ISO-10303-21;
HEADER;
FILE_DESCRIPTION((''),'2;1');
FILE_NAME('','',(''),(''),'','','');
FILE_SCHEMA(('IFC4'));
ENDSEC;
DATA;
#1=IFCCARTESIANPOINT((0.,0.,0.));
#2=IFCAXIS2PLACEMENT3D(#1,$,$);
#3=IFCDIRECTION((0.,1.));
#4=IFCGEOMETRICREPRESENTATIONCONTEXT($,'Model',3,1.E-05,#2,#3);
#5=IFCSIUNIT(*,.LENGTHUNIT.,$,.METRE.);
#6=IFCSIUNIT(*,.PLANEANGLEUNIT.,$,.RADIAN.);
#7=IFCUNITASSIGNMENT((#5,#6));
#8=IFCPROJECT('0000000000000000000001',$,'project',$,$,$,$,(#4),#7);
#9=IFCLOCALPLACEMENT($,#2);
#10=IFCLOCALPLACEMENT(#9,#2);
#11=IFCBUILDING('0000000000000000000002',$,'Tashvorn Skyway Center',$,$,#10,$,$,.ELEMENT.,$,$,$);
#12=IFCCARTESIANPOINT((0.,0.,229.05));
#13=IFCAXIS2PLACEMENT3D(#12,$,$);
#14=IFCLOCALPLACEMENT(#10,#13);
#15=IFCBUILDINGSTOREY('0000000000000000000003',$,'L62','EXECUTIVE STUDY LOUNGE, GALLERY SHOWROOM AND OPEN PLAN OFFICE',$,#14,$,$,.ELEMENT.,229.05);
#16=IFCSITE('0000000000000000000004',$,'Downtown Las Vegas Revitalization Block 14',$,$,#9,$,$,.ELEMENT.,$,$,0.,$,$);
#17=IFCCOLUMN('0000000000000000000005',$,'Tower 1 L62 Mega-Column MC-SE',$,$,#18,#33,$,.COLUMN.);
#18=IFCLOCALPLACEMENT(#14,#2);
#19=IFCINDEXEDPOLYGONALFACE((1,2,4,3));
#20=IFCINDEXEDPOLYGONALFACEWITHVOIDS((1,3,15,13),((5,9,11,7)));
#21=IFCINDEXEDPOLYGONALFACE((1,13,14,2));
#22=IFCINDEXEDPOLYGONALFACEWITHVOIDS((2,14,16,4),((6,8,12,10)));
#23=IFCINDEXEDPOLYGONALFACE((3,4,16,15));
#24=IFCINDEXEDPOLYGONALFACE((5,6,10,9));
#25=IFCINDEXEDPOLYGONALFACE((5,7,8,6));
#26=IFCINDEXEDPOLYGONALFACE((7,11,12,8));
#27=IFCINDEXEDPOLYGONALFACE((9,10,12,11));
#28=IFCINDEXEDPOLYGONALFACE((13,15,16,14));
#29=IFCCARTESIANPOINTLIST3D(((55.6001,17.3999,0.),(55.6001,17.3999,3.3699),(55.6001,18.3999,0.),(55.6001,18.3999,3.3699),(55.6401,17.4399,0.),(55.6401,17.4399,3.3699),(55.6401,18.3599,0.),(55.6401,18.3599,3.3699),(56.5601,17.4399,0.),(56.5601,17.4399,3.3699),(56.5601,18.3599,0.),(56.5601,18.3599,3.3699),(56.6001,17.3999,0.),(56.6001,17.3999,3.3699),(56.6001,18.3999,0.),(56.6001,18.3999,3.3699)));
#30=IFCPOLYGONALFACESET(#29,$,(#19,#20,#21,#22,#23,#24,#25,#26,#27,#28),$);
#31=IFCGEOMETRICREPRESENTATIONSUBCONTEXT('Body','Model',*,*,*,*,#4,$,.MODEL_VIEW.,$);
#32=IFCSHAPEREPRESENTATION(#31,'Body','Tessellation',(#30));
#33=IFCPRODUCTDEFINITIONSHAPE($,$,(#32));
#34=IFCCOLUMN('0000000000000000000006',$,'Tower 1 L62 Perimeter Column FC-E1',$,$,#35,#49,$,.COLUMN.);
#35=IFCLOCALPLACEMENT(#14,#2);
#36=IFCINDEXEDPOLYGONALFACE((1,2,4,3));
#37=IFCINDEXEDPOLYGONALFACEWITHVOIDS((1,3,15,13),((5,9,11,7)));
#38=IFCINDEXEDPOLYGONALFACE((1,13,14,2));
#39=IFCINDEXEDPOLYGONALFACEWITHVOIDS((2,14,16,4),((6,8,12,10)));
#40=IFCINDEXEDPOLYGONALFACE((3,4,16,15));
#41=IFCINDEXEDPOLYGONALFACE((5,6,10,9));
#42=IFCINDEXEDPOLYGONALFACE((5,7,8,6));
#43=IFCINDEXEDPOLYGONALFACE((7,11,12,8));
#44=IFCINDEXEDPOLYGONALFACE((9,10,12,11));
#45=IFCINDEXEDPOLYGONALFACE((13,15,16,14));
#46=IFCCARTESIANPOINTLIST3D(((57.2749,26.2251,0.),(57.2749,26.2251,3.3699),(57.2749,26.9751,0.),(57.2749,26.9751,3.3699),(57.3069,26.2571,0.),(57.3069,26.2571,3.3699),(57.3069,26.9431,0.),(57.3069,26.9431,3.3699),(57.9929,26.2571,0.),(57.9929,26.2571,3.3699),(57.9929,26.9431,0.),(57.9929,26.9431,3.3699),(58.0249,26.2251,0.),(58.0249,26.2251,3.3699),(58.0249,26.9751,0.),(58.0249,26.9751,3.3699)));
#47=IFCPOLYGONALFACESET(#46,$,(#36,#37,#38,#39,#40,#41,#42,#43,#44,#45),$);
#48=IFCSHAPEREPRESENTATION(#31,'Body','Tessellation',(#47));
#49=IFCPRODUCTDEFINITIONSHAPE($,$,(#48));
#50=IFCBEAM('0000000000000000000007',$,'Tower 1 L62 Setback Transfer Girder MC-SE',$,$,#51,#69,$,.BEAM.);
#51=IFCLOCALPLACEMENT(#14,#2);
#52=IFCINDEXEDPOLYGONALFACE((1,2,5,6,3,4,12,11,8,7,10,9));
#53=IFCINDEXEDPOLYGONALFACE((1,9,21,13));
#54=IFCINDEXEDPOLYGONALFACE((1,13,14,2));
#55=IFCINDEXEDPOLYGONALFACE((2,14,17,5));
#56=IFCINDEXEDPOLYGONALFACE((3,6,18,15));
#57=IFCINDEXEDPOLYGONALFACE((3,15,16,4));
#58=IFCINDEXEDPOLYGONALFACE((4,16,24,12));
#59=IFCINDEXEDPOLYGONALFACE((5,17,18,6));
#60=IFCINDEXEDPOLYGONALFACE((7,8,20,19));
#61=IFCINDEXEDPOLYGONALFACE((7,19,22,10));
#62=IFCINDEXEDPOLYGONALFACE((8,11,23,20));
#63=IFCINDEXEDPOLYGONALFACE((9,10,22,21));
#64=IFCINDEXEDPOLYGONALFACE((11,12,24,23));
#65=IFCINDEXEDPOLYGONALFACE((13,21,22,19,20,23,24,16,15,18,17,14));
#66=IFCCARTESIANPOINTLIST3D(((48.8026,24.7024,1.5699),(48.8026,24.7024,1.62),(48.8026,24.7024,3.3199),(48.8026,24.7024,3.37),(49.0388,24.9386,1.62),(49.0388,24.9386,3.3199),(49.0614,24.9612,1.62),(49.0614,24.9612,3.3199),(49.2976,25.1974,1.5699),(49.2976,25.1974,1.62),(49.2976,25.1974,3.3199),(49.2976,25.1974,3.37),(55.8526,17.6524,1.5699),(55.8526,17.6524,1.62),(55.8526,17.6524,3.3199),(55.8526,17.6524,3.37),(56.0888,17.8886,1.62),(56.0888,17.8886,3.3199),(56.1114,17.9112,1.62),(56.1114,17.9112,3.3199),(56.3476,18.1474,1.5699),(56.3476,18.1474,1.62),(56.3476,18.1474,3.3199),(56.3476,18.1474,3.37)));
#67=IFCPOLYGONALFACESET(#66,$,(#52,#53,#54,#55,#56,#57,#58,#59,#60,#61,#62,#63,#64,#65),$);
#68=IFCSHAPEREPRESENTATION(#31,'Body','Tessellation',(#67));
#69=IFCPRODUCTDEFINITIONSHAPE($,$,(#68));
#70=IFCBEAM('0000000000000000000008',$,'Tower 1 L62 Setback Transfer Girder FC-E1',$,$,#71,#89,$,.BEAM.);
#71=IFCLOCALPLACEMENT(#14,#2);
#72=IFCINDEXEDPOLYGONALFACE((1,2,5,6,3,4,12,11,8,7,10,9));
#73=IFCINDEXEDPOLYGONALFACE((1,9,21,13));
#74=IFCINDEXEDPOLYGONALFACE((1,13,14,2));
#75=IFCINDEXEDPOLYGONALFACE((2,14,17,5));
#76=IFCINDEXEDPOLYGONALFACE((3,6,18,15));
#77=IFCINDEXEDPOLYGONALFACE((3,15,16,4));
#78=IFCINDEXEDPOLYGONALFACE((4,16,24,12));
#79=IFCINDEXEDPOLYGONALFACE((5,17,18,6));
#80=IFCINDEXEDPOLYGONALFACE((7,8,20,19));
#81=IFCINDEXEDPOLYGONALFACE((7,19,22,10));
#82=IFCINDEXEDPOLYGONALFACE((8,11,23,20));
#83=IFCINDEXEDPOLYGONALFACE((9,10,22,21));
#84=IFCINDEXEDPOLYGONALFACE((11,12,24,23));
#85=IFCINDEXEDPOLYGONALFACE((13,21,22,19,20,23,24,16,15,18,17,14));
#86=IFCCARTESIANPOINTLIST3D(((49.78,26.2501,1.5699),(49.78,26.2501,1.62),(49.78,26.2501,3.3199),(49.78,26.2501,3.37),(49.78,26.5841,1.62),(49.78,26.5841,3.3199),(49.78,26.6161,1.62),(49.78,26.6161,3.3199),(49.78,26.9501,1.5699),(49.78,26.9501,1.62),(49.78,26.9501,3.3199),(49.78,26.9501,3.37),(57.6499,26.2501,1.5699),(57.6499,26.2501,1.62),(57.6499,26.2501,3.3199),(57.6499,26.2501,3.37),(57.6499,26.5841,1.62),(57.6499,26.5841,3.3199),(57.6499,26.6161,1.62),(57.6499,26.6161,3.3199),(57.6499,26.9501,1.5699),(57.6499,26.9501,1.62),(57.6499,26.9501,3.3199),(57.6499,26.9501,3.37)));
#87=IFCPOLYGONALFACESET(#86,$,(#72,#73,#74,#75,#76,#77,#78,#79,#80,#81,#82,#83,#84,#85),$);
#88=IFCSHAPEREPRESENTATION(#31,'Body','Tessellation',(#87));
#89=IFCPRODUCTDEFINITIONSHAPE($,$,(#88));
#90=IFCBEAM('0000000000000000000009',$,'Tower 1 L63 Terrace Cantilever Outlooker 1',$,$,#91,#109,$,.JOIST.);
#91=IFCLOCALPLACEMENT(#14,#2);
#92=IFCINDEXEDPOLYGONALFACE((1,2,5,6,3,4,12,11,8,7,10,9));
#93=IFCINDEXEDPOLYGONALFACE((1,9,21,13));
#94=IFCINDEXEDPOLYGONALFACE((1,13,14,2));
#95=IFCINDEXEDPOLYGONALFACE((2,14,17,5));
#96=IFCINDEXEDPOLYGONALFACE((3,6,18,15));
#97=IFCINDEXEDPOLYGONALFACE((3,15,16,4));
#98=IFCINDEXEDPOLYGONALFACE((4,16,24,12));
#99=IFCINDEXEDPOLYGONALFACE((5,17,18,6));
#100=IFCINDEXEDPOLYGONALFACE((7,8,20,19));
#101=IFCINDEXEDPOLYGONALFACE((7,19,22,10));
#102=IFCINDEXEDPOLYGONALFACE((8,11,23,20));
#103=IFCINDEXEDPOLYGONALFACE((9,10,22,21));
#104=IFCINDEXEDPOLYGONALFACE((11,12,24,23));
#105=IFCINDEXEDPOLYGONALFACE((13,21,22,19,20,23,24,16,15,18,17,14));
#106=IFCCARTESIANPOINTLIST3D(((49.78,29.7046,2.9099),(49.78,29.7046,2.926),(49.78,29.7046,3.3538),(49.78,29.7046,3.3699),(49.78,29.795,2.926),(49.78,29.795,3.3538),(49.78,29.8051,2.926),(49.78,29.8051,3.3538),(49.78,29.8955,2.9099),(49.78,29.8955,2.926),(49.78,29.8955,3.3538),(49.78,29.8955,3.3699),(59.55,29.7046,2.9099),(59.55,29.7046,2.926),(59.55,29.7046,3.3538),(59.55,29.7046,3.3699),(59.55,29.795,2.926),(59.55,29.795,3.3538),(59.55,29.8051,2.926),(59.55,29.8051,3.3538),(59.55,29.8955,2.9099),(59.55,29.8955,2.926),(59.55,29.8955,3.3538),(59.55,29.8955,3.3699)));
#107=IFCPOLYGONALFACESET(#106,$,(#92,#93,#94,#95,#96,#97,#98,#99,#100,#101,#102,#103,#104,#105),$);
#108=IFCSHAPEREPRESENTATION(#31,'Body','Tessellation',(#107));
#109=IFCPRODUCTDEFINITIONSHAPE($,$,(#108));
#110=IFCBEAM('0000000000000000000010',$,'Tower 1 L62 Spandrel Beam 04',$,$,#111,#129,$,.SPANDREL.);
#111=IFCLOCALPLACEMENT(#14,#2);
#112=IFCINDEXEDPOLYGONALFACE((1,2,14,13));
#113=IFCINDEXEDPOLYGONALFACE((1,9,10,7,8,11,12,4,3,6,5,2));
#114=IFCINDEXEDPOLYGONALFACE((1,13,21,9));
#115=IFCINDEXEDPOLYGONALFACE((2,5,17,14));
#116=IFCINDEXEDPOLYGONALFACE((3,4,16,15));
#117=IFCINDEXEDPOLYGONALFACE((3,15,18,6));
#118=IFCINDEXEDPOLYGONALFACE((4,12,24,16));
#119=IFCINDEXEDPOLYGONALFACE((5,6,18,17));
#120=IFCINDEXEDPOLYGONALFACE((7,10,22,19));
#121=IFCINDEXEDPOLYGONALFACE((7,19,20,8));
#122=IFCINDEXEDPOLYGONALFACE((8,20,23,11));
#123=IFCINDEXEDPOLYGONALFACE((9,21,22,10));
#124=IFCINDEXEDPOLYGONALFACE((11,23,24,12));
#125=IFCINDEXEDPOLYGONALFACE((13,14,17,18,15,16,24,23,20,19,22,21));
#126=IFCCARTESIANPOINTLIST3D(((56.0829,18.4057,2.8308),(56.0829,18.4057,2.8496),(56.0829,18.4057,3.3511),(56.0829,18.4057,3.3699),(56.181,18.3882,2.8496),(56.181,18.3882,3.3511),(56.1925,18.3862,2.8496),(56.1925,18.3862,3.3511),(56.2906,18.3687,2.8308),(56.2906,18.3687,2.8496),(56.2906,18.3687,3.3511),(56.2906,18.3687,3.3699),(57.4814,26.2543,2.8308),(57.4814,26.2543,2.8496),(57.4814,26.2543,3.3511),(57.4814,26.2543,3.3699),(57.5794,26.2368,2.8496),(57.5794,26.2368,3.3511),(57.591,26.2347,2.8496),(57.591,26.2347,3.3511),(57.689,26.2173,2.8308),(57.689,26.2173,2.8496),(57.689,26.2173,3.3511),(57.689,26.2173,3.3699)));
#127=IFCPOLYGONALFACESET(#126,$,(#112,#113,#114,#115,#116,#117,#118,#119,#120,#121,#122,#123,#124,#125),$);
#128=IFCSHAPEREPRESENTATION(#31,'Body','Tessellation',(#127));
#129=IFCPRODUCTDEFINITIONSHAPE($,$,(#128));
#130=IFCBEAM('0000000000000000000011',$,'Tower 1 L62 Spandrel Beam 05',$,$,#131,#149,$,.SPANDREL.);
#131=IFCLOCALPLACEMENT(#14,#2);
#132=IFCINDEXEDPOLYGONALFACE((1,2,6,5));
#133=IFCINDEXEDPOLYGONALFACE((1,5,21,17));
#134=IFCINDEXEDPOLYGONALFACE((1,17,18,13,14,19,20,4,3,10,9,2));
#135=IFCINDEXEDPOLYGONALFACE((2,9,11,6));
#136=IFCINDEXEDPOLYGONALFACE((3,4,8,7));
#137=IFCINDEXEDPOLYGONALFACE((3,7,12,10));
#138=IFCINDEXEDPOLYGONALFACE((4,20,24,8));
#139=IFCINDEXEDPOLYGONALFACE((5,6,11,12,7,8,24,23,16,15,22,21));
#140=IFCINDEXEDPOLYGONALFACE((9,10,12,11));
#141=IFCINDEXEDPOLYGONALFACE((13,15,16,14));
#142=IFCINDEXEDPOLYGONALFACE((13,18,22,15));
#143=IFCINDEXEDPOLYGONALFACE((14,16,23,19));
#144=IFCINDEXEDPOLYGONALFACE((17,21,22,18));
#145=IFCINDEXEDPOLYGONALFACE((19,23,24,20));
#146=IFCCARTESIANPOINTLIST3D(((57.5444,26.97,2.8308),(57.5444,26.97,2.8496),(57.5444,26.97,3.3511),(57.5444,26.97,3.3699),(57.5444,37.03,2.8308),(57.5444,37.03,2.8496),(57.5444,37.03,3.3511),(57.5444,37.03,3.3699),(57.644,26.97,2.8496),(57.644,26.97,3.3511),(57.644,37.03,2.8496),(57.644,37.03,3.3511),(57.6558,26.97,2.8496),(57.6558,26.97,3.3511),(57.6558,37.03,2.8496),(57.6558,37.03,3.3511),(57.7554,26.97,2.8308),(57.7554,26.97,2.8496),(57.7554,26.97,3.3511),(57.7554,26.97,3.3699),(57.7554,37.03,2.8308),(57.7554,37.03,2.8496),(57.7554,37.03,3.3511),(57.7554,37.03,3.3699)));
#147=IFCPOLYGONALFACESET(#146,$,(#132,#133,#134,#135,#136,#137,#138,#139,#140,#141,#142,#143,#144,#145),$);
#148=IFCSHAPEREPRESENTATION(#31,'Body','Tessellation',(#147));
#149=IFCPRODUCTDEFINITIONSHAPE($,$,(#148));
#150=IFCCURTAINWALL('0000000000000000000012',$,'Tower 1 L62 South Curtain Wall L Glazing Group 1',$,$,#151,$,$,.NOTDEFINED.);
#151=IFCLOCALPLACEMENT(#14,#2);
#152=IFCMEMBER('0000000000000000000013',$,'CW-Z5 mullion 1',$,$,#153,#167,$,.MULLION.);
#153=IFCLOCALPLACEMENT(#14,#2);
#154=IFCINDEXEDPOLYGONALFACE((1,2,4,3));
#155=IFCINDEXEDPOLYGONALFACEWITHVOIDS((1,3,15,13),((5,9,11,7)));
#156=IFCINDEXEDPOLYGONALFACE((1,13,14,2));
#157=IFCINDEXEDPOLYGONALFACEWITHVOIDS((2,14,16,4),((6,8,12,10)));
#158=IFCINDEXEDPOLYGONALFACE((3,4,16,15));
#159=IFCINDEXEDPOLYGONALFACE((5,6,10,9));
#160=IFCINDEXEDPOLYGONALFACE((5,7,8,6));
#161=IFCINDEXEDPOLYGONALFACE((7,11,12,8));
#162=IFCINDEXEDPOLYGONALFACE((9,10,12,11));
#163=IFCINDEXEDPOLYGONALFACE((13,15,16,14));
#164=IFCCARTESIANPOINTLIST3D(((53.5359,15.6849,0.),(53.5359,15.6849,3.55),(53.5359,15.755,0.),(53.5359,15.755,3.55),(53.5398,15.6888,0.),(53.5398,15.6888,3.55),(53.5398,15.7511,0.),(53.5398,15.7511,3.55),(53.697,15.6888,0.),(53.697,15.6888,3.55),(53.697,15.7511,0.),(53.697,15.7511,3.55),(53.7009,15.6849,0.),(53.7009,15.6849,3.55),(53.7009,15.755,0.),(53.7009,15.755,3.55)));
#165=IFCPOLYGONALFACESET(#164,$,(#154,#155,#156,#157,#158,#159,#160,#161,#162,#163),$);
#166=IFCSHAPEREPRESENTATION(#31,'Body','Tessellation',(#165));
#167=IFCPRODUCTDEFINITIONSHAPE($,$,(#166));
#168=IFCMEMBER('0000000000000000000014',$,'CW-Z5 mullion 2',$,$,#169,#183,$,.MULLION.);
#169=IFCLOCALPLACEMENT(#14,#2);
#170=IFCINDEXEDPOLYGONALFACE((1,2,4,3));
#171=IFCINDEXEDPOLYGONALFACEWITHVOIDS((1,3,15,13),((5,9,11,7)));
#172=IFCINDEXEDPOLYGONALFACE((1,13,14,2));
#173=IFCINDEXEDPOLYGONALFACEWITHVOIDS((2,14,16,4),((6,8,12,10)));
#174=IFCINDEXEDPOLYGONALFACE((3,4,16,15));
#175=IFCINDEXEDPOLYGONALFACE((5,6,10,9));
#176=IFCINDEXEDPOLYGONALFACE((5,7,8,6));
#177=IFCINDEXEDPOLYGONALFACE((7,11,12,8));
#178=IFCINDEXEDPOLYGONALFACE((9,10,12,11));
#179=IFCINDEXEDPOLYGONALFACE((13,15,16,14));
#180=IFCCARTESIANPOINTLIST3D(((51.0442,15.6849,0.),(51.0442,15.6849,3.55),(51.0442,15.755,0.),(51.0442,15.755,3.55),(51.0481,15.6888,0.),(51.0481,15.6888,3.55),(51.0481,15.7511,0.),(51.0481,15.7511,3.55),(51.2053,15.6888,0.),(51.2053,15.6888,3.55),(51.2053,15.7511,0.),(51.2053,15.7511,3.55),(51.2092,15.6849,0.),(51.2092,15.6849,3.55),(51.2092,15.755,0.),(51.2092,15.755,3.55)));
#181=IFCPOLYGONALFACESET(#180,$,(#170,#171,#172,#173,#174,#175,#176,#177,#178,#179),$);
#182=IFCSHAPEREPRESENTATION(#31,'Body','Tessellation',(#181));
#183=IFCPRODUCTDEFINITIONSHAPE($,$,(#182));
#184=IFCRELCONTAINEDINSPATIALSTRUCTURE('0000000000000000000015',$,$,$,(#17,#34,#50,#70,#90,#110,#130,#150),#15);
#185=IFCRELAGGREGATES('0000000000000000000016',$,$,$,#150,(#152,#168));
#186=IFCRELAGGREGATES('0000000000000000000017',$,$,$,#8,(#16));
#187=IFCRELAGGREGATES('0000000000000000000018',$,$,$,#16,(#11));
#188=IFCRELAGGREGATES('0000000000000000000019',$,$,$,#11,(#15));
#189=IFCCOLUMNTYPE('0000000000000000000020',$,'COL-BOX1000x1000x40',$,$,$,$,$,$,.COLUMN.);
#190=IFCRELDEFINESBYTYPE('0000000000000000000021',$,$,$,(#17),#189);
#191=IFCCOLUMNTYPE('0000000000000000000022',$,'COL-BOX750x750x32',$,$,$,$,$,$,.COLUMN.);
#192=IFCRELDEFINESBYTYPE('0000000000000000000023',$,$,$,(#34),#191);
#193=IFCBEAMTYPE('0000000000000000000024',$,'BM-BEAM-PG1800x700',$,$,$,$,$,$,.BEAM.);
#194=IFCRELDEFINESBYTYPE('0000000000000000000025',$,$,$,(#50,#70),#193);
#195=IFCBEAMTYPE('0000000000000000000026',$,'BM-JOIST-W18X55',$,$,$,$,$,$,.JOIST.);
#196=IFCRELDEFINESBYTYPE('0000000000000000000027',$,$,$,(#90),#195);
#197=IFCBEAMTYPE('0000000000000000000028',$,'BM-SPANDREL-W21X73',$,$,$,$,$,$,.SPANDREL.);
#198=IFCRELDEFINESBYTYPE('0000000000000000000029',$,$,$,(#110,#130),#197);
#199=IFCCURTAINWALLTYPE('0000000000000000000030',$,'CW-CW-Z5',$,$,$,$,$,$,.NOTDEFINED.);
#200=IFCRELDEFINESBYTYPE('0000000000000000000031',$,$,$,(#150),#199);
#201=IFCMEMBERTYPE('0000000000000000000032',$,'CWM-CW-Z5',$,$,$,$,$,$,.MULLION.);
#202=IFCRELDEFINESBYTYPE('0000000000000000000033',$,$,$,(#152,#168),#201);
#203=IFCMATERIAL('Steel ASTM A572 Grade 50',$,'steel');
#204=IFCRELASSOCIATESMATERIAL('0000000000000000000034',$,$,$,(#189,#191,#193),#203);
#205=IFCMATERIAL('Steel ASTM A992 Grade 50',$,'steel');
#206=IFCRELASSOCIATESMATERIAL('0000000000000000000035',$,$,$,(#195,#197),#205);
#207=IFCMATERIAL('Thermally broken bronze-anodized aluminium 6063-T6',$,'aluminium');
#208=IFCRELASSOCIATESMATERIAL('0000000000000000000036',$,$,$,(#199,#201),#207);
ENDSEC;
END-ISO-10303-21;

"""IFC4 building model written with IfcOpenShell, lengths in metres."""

from ifc_helpers import new_model, si_unit, direction, frame, origin, origin_2d, place, context, subcontext, project, spatial, hollow_rectangle, i_section, extrude, material, material_profile, profile_set, type_object, element, aggregate, save


model = new_model("IFC4")

# Units and contexts
model_context = context("Model", 3, precision=1e-05, world=origin(), true_north=direction((0.0, 1.0)))
body_context = subcontext(model_context, "Body", "Model", "MODEL_VIEW")
ifc_project = project(units=[si_unit("LENGTHUNIT", "METRE"), si_unit("PLANEANGLEUNIT", "RADIAN")], contexts=[model_context])

# Site, building, storey
site_placement = place(None, origin())
site = spatial("IfcSite", under=ifc_project, at=site_placement, Name="Downtown Las Vegas Revitalization Block 14", CompositionType="ELEMENT", RefElevation=0.0)
building_placement = place(site_placement, origin())
building = spatial("IfcBuilding", under=site, at=building_placement, Name="Tashvorn Skyway Center", CompositionType="ELEMENT")
storey_placement = place(building_placement, frame((0.0, 0.0, 229.05)))
storey = spatial("IfcBuildingStorey", under=building, at=storey_placement, Name="L62", Description="EXECUTIVE STUDY LOUNGE, GALLERY SHOWROOM AND OPEN PLAN OFFICE", CompositionType="ELEMENT", Elevation=229.05)

# Columns
ifc_material_1 = material(Name="Steel ASTM A572 Grade 50", Category="steel")
ifc_material_profile_1 = material_profile(ifc_material_1, hollow_rectangle(XDim=1.0, YDim=1.0, WallThickness=0.04, at=origin_2d()), Name="BOX1000x1000x40")
ifc_profile_set_1 = profile_set([ifc_material_profile_1], Name="Steel ASTM A572 Grade 50")
column_type_1 = type_object("IfcColumnType", Name="COL-BOX1000x1000x40", PredefinedType="COLUMN", material=ifc_profile_set_1)
column_1_placement = place(storey_placement, frame((56.1001, 17.8999, 0.0), z_axis=(0.0, 0.0, 1.0), x_axis=(1.0, 0.0, 0.0)))
element("IfcColumn", 1, at=column_1_placement, inside=storey, type_object=column_type_1, Name="Tower 1 L62 Mega-Column MC-SE", PredefinedType="COLUMN", context=body_context, shape_type="SweptSolid", body=[
    extrude(hollow_rectangle(XDim=1.0, YDim=1.0, WallThickness=0.04, at=origin_2d()), origin(), (0.0, 0.0, 1.0), 3.3699),
])
ifc_material_profile_2 = material_profile(ifc_material_1, hollow_rectangle(XDim=0.75, YDim=0.75, WallThickness=0.032, at=origin_2d()), Name="BOX750x750x32")
ifc_profile_set_2 = profile_set([ifc_material_profile_2], Name="Steel ASTM A572 Grade 50")
column_type_2 = type_object("IfcColumnType", Name="COL-BOX750x750x32", PredefinedType="COLUMN", material=ifc_profile_set_2)
column_2_placement = place(storey_placement, frame((57.6499, 26.6001, 0.0), z_axis=(0.0, 0.0, 1.0), x_axis=(1.0, 0.0, 0.0)))
element("IfcColumn", 2, at=column_2_placement, inside=storey, type_object=column_type_2, Name="Tower 1 L62 Perimeter Column FC-E1", PredefinedType="COLUMN", context=body_context, shape_type="SweptSolid", body=[
    extrude(hollow_rectangle(XDim=0.75, YDim=0.75, WallThickness=0.032, at=origin_2d()), origin(), (0.0, 0.0, 1.0), 3.3699),
])

# Beams
ifc_material_profile_3 = material_profile(ifc_material_1, i_section(OverallWidth=0.7, OverallDepth=1.8, WebThickness=0.032, FlangeThickness=0.05, at=origin_2d()), Name="PG1800x700")
ifc_profile_set_3 = profile_set([ifc_material_profile_3], Name="Steel ASTM A572 Grade 50")
beam_type_1 = type_object("IfcBeamType", Name="BM-BEAM-PG1800x700", PredefinedType="BEAM", material=ifc_profile_set_3)
beam_1_placement = place(storey_placement, frame((56.1001, 17.8999, 2.47), z_axis=(-0.707107, 0.707107, 0.0), x_axis=(-0.707107, -0.707107, 0.0)))
element("IfcBeam", 3, at=beam_1_placement, inside=storey, type_object=beam_type_1, Name="Tower 1 L62 Setback Transfer Girder MC-SE", PredefinedType="BEAM", context=body_context, shape_type="SweptSolid", body=[
    extrude(i_section(OverallWidth=0.7, OverallDepth=1.8, WebThickness=0.032, FlangeThickness=0.05, at=origin_2d()), origin(), (0.0, 0.0, 1.0), 9.9702),
])
beam_2_placement = place(storey_placement, frame((57.6499, 26.6001, 2.47), z_axis=(-1.0, 0.0, 0.0), x_axis=(0.0, -1.0, 0.0)))
element("IfcBeam", 4, at=beam_2_placement, inside=storey, type_object=beam_type_1, Name="Tower 1 L62 Setback Transfer Girder FC-E1", PredefinedType="BEAM", context=body_context, shape_type="SweptSolid", body=[
    extrude(i_section(OverallWidth=0.7, OverallDepth=1.8, WebThickness=0.032, FlangeThickness=0.05, at=origin_2d()), origin(), (0.0, 0.0, 1.0), 7.8699),
])
ifc_material_2 = material(Name="Steel ASTM A992 Grade 50", Category="steel")
ifc_material_profile_4 = material_profile(ifc_material_2, i_section(OverallWidth=0.1909, OverallDepth=0.46, WebThickness=0.01, FlangeThickness=0.0161, at=origin_2d()), Name="W18X55")
ifc_profile_set_4 = profile_set([ifc_material_profile_4], Name="Steel ASTM A992 Grade 50")
beam_type_2 = type_object("IfcBeamType", Name="BM-JOIST-W18X55", PredefinedType="JOIST", material=ifc_profile_set_4)
beam_3_placement = place(storey_placement, frame((49.78, 29.8, 3.1399), z_axis=(1.0, 0.0, 0.0), x_axis=(0.0, 1.0, 0.0)))
element("IfcBeam", 5, at=beam_3_placement, inside=storey, type_object=beam_type_2, Name="Tower 1 L63 Terrace Cantilever Outlooker 1", PredefinedType="JOIST", context=body_context, shape_type="SweptSolid", body=[
    extrude(i_section(OverallWidth=0.1909, OverallDepth=0.46, WebThickness=0.01, FlangeThickness=0.0161, at=origin_2d()), origin(), (0.0, 0.0, 1.0), 9.77),
])
ifc_material_profile_5 = material_profile(ifc_material_2, i_section(OverallWidth=0.2109, OverallDepth=0.5391, WebThickness=0.0117, FlangeThickness=0.0188, at=origin_2d()), Name="W21X73")
ifc_profile_set_5 = profile_set([ifc_material_profile_5], Name="Steel ASTM A992 Grade 50")
beam_type_3 = type_object("IfcBeamType", Name="BM-SPANDREL-W21X73", PredefinedType="SPANDREL", material=ifc_profile_set_5)
beam_4_placement = place(storey_placement, frame((56.1868, 18.3872, 3.1003), z_axis=(0.175413, 0.984495, 0.0), x_axis=(-0.984495, 0.175413, 0.0)))
element("IfcBeam", 6, at=beam_4_placement, inside=storey, type_object=beam_type_3, Name="Tower 1 L62 Spandrel Beam 04", PredefinedType="SPANDREL", context=body_context, shape_type="SweptSolid", body=[
    extrude(i_section(OverallWidth=0.2109, OverallDepth=0.5391, WebThickness=0.0117, FlangeThickness=0.0188, at=origin_2d()), origin(), (0.0, 0.0, 1.0), 7.9722),
])
beam_5_placement = place(storey_placement, frame((57.6499, 26.97, 3.1003), z_axis=(0.0, 1.0, 0.0), x_axis=(-1.0, 0.0, 0.0)))
element("IfcBeam", 7, at=beam_5_placement, inside=storey, type_object=beam_type_3, Name="Tower 1 L62 Spandrel Beam 05", PredefinedType="SPANDREL", context=body_context, shape_type="SweptSolid", body=[
    extrude(i_section(OverallWidth=0.2109, OverallDepth=0.5391, WebThickness=0.0117, FlangeThickness=0.0188, at=origin_2d()), origin(), (0.0, 0.0, 1.0), 10.0601),
])

# Curtain wall, members
ifc_material_3 = material(Name="Thermally broken bronze-anodized aluminium 6063-T6", Category="aluminium")
curtain_wall_type = type_object("IfcCurtainWallType", Name="CW-CW-Z5", PredefinedType="NOTDEFINED", material=ifc_material_3)
curtain_wall_1_placement = place(storey_placement, origin())
curtain_wall_1 = element("IfcCurtainWall", 8, at=curtain_wall_1_placement, inside=storey, type_object=curtain_wall_type, Name="Tower 1 L62 South Curtain Wall L Glazing Group 1", PredefinedType="NOTDEFINED")
ifc_material_profile_6 = material_profile(ifc_material_3, hollow_rectangle(XDim=0.0701, YDim=0.165, WallThickness=0.0039, at=origin_2d()), Name="ALU-MULL-70x165")
ifc_profile_set_6 = profile_set([ifc_material_profile_6], Name="Thermally broken bronze-anodized aluminium 6063-T6")
member_type_1 = type_object("IfcMemberType", Name="CWM-CW-Z5", PredefinedType="MULLION", material=ifc_profile_set_6)
member_1_placement = place(storey_placement, frame((53.6184, 15.72, 0.0), z_axis=(0.0, 0.0, 1.0), x_axis=(0.0, -1.0, 0.0)))
member_1 = element("IfcMember", 9, at=member_1_placement, type_object=member_type_1, Name="CW-Z5 mullion 1", PredefinedType="MULLION", context=body_context, shape_type="SweptSolid", body=[
    extrude(hollow_rectangle(XDim=0.0701, YDim=0.165, WallThickness=0.0039, at=origin_2d()), origin(), (0.0, 0.0, 1.0), 3.55),
])
member_2_placement = place(storey_placement, frame((51.1267, 15.72, 0.0), z_axis=(0.0, 0.0, 1.0), x_axis=(0.0, -1.0, 0.0)))
member_2 = element("IfcMember", 10, at=member_2_placement, type_object=member_type_1, Name="CW-Z5 mullion 2", PredefinedType="MULLION", context=body_context, shape_type="SweptSolid", body=[
    extrude(hollow_rectangle(XDim=0.0701, YDim=0.165, WallThickness=0.0039, at=origin_2d()), origin(), (0.0, 0.0, 1.0), 3.55),
])

aggregate(curtain_wall_1, [member_1, member_2])

save(model, "model.ifc")
